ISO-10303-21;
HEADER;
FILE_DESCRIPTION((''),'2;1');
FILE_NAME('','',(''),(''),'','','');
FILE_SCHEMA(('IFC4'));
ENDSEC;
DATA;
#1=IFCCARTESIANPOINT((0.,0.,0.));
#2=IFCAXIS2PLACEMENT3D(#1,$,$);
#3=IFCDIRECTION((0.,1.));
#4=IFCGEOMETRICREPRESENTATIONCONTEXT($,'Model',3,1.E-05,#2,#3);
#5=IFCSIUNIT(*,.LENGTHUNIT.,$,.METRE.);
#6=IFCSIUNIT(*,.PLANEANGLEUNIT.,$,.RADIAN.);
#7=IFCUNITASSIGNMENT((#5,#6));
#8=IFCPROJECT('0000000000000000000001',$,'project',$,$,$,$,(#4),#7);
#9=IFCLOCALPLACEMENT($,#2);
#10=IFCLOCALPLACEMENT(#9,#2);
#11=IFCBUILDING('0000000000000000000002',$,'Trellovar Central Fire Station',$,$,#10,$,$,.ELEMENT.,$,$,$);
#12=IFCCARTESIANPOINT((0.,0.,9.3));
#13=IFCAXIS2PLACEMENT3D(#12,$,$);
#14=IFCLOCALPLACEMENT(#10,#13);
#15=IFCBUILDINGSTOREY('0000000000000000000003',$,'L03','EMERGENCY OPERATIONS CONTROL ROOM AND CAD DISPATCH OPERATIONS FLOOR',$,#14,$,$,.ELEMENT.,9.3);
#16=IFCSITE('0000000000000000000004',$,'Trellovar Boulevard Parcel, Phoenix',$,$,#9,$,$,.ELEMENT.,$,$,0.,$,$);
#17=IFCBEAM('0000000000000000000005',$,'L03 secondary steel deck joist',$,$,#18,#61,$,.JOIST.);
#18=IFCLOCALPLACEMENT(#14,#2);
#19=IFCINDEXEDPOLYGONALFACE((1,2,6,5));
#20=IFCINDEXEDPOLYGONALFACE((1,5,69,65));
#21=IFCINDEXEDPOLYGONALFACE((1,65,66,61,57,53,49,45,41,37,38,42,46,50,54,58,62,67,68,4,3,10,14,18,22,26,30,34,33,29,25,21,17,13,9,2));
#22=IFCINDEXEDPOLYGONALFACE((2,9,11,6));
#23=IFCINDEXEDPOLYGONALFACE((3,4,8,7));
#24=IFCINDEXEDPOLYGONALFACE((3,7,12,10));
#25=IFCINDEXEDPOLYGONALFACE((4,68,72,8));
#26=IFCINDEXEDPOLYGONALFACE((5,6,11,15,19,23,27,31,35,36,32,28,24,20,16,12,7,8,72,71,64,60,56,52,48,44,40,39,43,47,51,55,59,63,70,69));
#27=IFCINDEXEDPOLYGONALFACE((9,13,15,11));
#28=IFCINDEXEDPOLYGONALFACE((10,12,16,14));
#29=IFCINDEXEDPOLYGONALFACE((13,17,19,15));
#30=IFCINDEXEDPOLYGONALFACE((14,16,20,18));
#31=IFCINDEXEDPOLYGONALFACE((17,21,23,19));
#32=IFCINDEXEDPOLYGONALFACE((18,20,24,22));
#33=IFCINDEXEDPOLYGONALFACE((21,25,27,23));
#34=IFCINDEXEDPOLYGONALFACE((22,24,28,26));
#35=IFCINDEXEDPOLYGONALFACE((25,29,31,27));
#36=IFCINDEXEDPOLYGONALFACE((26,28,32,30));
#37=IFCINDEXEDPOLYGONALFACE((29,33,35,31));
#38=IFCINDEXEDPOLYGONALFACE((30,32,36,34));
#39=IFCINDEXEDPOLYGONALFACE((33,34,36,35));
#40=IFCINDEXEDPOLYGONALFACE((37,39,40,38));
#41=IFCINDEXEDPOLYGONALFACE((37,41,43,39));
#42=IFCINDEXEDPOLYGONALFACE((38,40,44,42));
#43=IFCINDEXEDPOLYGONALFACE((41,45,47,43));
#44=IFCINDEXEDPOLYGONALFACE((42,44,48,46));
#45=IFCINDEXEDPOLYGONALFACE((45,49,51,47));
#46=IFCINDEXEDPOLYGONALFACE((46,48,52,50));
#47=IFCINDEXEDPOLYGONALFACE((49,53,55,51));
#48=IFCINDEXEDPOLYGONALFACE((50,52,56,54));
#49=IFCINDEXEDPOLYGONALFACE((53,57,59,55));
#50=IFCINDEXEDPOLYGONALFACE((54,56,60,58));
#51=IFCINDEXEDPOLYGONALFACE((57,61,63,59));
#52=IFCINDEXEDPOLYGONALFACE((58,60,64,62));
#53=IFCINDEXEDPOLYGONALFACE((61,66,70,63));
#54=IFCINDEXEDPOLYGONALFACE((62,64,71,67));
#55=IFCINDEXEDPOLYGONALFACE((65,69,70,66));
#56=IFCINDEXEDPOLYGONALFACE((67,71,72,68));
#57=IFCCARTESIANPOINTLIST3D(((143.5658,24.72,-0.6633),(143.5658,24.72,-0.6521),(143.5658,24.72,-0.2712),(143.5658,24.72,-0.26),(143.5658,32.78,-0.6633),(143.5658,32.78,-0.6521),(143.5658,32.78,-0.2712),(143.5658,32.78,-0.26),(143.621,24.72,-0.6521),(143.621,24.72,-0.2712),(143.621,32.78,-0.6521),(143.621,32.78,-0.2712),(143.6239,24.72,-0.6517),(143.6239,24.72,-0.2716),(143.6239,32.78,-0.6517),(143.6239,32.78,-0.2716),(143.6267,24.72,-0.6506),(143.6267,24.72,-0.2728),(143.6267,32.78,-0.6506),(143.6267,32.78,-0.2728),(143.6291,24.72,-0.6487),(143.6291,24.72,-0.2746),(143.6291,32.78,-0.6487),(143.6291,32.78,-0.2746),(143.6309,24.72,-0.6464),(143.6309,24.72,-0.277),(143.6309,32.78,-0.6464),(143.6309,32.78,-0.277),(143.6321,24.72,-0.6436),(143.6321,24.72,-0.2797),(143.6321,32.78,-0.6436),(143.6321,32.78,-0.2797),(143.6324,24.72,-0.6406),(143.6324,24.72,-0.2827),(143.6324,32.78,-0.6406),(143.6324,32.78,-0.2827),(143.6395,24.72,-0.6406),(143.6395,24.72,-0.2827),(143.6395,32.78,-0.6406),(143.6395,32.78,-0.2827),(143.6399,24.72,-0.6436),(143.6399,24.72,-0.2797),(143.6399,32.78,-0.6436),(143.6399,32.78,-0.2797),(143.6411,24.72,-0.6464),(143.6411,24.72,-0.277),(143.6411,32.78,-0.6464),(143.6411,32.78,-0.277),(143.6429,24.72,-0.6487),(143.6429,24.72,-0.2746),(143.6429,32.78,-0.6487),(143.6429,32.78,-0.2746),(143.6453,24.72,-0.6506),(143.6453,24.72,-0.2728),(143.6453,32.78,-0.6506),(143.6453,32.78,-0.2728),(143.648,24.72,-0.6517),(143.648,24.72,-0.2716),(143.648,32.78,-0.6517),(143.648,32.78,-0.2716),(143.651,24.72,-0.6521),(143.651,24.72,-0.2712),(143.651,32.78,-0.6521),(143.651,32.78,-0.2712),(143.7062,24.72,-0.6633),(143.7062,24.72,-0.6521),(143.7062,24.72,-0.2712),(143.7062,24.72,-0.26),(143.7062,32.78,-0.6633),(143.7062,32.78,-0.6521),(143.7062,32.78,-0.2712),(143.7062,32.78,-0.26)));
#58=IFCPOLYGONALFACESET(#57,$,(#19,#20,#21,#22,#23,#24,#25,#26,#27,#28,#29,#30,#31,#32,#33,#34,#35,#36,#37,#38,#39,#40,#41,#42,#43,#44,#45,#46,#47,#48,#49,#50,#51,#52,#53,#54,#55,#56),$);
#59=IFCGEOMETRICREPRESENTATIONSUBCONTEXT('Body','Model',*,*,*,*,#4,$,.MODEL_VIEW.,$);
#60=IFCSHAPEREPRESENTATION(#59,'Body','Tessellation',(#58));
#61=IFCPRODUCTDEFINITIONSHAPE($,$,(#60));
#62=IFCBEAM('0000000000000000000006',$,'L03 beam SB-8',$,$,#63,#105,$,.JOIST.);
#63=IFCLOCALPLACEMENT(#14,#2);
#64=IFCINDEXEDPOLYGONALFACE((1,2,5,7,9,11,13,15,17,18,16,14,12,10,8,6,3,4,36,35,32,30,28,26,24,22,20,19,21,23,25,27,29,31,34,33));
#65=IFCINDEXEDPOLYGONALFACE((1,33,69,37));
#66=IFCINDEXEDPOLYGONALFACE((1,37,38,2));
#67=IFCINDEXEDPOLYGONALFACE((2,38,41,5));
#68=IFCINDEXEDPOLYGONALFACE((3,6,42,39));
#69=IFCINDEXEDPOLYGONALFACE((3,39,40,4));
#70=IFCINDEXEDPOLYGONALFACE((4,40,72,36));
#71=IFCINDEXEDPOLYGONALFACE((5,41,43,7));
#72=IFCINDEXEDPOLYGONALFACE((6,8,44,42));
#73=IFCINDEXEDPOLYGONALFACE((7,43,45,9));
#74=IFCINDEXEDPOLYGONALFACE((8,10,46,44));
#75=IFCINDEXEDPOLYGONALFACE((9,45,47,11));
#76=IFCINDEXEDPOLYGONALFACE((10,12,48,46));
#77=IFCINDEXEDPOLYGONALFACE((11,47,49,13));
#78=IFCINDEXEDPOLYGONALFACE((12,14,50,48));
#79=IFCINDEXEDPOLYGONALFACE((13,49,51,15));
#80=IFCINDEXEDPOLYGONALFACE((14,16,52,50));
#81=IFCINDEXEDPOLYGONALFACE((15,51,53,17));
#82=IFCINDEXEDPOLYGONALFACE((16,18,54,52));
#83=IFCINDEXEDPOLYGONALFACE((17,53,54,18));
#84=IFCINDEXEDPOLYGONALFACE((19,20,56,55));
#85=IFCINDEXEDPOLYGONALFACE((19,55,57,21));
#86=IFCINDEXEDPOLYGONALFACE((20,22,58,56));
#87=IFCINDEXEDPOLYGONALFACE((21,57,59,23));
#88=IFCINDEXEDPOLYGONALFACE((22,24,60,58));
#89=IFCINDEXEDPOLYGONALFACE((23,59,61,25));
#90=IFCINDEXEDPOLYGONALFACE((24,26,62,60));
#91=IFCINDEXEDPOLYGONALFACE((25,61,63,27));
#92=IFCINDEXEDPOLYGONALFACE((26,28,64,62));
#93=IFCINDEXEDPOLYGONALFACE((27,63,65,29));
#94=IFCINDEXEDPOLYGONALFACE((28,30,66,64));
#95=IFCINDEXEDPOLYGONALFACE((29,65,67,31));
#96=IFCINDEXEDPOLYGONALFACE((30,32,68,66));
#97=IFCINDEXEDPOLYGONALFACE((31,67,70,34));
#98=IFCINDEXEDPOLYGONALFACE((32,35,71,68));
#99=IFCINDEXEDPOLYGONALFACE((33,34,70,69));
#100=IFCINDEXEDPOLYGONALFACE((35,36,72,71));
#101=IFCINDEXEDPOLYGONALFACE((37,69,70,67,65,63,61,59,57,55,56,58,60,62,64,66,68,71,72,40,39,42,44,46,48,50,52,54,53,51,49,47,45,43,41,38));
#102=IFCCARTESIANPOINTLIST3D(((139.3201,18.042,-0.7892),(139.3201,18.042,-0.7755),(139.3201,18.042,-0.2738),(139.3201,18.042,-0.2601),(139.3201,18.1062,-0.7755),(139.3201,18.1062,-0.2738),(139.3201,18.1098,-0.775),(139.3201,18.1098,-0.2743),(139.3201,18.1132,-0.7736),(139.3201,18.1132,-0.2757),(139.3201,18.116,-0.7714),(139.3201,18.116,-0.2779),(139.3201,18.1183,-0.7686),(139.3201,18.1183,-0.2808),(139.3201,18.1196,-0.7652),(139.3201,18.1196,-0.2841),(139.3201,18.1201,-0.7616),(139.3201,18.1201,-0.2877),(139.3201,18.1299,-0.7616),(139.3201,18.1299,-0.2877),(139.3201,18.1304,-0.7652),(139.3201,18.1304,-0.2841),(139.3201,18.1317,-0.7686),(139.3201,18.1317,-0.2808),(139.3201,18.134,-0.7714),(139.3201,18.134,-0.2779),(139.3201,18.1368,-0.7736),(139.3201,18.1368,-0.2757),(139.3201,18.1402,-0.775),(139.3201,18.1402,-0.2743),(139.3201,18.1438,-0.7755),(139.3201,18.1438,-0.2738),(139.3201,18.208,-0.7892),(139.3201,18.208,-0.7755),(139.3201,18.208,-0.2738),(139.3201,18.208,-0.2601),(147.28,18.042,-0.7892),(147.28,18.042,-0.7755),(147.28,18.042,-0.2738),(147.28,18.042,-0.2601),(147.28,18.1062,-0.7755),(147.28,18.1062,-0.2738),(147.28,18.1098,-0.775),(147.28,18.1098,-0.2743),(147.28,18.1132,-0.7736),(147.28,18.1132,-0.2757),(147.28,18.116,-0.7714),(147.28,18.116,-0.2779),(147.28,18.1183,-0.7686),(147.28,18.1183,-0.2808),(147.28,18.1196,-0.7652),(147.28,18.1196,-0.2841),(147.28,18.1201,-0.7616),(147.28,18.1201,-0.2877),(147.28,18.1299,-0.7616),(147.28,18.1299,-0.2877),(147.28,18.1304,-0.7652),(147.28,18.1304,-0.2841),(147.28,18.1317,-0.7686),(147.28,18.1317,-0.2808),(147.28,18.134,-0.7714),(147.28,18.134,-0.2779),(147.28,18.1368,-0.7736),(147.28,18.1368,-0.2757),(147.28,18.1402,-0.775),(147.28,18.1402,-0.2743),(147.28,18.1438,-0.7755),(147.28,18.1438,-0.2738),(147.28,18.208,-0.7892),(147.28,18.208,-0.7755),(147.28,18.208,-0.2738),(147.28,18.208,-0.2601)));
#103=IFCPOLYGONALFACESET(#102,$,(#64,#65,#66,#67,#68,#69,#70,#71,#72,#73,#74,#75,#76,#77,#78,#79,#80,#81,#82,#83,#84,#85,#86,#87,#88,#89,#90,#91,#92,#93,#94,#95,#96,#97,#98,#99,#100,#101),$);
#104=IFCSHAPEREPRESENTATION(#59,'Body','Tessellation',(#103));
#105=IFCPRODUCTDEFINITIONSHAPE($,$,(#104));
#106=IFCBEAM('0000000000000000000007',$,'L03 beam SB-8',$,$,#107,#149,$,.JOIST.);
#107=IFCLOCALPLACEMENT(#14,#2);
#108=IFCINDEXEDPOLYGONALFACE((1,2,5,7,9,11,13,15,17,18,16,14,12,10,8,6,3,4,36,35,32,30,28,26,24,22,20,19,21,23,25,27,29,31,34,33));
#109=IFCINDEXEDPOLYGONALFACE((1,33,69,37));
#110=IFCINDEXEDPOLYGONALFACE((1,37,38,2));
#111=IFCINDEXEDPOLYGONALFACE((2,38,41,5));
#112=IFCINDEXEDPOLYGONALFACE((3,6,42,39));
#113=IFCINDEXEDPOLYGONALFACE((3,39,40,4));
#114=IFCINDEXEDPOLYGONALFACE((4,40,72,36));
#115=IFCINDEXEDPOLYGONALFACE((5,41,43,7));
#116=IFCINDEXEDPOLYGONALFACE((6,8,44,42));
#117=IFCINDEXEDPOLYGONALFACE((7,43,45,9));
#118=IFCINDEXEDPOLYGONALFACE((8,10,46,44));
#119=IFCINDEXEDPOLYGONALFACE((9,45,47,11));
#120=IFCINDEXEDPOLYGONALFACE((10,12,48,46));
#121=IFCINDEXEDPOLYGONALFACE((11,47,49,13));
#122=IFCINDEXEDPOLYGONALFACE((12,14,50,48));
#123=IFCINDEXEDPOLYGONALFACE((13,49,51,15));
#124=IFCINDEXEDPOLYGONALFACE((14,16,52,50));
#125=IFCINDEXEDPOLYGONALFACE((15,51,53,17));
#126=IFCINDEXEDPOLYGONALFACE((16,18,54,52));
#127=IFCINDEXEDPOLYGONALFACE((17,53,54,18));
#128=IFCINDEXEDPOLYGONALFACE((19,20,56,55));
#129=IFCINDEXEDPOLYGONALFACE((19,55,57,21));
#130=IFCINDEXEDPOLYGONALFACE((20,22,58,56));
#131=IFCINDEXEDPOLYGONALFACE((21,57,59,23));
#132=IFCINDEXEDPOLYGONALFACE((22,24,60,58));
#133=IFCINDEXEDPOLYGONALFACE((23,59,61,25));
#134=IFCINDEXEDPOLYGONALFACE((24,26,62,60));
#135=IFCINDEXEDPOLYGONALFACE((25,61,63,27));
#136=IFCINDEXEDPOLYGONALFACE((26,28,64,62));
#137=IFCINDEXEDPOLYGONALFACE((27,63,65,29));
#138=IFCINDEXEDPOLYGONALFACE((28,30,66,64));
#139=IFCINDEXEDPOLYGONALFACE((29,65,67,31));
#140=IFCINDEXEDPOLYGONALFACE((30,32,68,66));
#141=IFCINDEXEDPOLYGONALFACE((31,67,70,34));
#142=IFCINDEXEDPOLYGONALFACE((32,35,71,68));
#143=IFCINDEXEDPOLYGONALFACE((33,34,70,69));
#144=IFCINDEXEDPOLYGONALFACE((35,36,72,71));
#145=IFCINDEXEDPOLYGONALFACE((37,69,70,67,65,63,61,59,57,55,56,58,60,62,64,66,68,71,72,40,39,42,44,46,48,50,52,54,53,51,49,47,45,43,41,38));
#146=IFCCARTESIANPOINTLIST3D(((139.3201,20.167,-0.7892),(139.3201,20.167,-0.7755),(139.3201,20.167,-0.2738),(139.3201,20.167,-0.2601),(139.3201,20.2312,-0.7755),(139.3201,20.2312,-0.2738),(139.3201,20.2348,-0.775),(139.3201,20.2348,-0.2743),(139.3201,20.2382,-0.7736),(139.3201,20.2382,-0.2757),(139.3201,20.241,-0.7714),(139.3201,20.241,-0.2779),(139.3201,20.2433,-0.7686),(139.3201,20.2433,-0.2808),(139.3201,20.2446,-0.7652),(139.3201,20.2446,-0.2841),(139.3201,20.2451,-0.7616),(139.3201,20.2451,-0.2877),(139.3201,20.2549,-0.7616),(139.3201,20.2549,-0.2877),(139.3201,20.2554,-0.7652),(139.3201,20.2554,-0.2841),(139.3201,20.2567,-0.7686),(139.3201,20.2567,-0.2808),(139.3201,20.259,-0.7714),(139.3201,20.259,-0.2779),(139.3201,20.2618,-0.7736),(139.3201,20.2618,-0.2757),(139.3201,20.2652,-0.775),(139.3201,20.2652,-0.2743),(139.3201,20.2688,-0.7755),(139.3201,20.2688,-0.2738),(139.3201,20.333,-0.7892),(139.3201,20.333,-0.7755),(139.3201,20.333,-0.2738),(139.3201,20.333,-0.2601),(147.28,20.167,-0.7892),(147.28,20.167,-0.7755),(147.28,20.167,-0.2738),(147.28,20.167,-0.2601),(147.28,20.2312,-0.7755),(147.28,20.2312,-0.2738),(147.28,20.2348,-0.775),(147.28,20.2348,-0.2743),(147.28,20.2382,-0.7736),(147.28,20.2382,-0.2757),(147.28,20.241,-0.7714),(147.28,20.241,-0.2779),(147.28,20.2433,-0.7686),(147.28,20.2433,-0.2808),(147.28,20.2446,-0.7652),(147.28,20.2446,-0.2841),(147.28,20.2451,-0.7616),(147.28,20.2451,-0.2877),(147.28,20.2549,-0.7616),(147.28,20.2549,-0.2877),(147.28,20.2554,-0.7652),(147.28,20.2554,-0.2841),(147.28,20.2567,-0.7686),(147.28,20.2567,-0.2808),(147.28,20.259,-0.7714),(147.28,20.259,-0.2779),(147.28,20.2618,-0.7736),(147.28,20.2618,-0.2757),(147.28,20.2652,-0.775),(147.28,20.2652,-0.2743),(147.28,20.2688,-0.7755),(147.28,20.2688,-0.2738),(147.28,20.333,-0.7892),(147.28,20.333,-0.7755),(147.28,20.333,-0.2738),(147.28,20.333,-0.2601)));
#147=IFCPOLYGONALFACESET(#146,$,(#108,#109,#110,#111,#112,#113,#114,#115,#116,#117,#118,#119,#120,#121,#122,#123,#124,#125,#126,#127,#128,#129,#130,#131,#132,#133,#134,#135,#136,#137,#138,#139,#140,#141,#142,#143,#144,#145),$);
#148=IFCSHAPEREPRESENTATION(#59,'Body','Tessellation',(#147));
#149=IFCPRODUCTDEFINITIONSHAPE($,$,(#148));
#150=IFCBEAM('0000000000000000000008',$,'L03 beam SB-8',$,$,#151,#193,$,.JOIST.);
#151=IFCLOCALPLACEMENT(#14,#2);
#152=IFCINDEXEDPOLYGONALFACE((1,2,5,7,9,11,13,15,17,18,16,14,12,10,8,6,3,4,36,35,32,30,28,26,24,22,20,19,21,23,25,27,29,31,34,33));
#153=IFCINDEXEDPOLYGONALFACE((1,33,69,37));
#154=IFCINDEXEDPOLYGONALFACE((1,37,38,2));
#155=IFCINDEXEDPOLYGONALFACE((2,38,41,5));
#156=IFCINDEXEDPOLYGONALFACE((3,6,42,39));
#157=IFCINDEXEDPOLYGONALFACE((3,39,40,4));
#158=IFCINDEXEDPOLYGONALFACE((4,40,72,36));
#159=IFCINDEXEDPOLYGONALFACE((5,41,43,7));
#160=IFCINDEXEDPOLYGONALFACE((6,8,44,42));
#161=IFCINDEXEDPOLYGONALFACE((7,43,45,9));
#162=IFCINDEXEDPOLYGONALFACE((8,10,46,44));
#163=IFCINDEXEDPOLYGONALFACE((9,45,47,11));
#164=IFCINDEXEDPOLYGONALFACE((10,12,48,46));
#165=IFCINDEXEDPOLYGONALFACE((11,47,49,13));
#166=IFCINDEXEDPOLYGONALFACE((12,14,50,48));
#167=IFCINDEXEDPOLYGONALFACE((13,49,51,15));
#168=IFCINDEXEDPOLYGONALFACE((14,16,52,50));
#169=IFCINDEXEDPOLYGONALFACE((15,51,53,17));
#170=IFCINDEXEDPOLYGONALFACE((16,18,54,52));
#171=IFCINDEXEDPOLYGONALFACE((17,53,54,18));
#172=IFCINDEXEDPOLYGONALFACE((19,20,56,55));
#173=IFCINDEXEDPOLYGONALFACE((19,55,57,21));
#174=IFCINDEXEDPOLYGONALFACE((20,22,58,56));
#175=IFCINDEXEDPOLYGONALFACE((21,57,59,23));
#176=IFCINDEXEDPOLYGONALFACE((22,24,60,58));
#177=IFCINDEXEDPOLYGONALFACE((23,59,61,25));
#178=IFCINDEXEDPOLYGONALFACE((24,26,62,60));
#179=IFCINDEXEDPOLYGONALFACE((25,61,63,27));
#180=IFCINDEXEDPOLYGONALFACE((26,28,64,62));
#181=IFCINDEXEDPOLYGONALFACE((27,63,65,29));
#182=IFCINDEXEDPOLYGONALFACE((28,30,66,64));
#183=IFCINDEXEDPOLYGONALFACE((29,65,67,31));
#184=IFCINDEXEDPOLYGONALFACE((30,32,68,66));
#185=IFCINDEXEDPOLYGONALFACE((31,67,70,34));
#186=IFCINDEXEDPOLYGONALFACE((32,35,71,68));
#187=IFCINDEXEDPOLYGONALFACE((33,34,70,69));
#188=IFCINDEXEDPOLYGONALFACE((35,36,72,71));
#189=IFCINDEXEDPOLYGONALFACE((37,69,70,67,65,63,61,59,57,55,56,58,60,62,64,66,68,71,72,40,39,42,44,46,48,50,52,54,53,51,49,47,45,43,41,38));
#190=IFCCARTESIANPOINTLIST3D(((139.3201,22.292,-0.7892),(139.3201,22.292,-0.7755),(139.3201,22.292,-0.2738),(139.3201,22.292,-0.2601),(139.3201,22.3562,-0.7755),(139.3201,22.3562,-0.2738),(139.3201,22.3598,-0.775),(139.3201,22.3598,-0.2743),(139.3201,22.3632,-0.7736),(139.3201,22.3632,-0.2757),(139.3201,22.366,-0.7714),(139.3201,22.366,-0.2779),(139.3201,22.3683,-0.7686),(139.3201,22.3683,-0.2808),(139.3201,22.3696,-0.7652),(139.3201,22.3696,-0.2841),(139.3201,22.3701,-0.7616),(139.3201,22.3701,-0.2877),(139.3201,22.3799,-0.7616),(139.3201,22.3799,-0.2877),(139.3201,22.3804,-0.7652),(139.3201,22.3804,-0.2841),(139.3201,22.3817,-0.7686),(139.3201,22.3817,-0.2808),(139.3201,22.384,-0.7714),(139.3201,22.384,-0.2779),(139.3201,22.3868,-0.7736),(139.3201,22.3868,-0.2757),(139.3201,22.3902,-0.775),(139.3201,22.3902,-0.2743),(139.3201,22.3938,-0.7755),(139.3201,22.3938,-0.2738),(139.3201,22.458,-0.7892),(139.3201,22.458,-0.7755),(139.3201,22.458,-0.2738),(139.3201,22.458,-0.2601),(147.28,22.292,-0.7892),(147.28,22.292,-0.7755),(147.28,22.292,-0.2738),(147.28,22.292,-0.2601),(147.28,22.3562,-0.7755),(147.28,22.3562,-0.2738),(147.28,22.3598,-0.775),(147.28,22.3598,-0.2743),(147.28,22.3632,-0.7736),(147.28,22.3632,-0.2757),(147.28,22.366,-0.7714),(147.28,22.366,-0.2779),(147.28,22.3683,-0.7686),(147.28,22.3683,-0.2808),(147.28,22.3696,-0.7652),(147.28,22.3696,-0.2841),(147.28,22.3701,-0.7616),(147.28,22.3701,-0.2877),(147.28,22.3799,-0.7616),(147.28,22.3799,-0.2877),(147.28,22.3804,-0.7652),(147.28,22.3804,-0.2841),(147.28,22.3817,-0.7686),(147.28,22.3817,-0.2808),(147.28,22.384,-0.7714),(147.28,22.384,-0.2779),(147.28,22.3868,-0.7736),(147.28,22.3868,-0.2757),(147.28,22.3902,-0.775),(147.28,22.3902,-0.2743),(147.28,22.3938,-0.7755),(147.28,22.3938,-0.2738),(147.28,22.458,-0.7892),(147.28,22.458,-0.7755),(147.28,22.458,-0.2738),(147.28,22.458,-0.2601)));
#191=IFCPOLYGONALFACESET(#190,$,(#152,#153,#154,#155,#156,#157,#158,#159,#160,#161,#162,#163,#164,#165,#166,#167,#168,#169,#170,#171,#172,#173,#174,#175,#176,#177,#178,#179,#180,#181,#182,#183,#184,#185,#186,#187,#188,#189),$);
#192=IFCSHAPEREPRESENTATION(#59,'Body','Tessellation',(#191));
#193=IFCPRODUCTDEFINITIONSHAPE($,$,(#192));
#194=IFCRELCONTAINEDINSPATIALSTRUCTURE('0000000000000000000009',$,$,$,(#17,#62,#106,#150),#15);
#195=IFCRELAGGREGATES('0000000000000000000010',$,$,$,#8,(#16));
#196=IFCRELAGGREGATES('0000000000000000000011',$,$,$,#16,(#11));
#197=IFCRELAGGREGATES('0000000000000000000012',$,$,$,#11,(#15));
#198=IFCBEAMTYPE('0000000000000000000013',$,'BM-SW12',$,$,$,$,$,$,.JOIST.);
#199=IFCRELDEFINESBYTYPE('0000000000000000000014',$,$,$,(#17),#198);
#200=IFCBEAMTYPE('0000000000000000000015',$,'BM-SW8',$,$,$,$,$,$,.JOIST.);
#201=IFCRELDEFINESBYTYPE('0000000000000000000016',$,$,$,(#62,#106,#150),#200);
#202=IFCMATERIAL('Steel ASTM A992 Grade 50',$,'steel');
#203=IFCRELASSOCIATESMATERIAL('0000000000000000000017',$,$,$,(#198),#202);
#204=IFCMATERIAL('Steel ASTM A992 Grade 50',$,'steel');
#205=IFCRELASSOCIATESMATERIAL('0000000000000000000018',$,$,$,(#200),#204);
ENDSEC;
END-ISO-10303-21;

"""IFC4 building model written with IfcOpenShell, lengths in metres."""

from ifc_helpers import new_model, si_unit, direction, frame, origin, origin_2d, place, context, subcontext, project, spatial, i_section, extrude, material, material_profile, profile_set, type_object, element, save


model = new_model("IFC4")

# Units and contexts
model_context = context("Model", 3, precision=1e-05, world=origin(), true_north=direction((0.0, 1.0)))
body_context = subcontext(model_context, "Body", "Model", "MODEL_VIEW")
ifc_project = project(units=[si_unit("LENGTHUNIT", "METRE"), si_unit("PLANEANGLEUNIT", "RADIAN")], contexts=[model_context])

# Site, building, storey
site_placement = place(None, origin())
site = spatial("IfcSite", under=ifc_project, at=site_placement, Name="Trellovar Boulevard Parcel, Phoenix", CompositionType="ELEMENT", RefElevation=0.0)
building_placement = place(site_placement, origin())
building = spatial("IfcBuilding", under=site, at=building_placement, Name="Trellovar Central Fire Station", CompositionType="ELEMENT")
storey_placement = place(building_placement, frame((0.0, 0.0, 9.3)))
storey = spatial("IfcBuildingStorey", under=building, at=storey_placement, Name="L03", Description="EMERGENCY OPERATIONS CONTROL ROOM AND CAD DISPATCH OPERATIONS FLOOR", CompositionType="ELEMENT", Elevation=9.3)

# Beams
ifc_material_1 = material(Name="Steel ASTM A992 Grade 50", Category="steel")
ifc_material_profile_1 = material_profile(ifc_material_1, i_section(OverallWidth=0.1404, OverallDepth=0.4033, WebThickness=0.0071, FlangeThickness=0.0112, FilletRadius=0.0115, at=origin_2d()), Name="W16X31")
ifc_profile_set_1 = profile_set([ifc_material_profile_1], Name="Steel ASTM A992 Grade 50")
beam_type_1 = type_object("IfcBeamType", Name="BM-SW12", PredefinedType="JOIST", material=ifc_profile_set_1)
beam_1_placement = place(storey_placement, frame((143.636, 24.72, -0.4617), z_axis=(0.0, 1.0, 0.0), x_axis=(-1.0, 0.0, 0.0)))
element("IfcBeam", 1, at=beam_1_placement, inside=storey, type_object=beam_type_1, Name="L03 secondary steel deck joist", PredefinedType="JOIST", context=body_context, shape_type="SweptSolid", body=[
    extrude(i_section(OverallWidth=0.1404, OverallDepth=0.4033, WebThickness=0.0071, FlangeThickness=0.0112, FilletRadius=0.0115, at=origin_2d()), origin(), (0.0, 0.0, 1.0), 8.0601),
])
ifc_material_2 = material(Name="Steel ASTM A992 Grade 50", Category="steel")
ifc_material_profile_2 = material_profile(ifc_material_2, i_section(OverallWidth=0.166, OverallDepth=0.5291, WebThickness=0.0098, FlangeThickness=0.0137, FilletRadius=0.0139, at=origin_2d()), Name="W21X50")
ifc_profile_set_2 = profile_set([ifc_material_profile_2], Name="Steel ASTM A992 Grade 50")
beam_type_2 = type_object("IfcBeamType", Name="BM-SW8", PredefinedType="JOIST", material=ifc_profile_set_2)
for number, where, z_axis, x_axis, name in (
    (2, (139.3201, 18.125, -0.5247), (1.0, 0.0, 0.0), (0.0, 1.0, 0.0), "L03 beam SB-8"),
    (3, (139.3201, 20.25, -0.5247), (1.0, 0.0, 0.0), (0.0, 1.0, 0.0), "L03 beam SB-8"),
    (4, (139.3201, 22.375, -0.5247), (1.0, 0.0, 0.0), (0.0, 1.0, 0.0), "L03 beam SB-8"),
):
    element("IfcBeam", number, at=place(storey_placement, frame(where, z_axis=z_axis, x_axis=x_axis)), inside=storey, type_object=beam_type_2, Name=name, PredefinedType="JOIST", context=body_context, shape_type="SweptSolid", body=[
        extrude(i_section(OverallWidth=0.166, OverallDepth=0.5291, WebThickness=0.0098, FlangeThickness=0.0137, FilletRadius=0.0139, at=origin_2d()), origin(), (0.0, 0.0, 1.0), 7.96),
    ])

save(model, "model.ifc")
